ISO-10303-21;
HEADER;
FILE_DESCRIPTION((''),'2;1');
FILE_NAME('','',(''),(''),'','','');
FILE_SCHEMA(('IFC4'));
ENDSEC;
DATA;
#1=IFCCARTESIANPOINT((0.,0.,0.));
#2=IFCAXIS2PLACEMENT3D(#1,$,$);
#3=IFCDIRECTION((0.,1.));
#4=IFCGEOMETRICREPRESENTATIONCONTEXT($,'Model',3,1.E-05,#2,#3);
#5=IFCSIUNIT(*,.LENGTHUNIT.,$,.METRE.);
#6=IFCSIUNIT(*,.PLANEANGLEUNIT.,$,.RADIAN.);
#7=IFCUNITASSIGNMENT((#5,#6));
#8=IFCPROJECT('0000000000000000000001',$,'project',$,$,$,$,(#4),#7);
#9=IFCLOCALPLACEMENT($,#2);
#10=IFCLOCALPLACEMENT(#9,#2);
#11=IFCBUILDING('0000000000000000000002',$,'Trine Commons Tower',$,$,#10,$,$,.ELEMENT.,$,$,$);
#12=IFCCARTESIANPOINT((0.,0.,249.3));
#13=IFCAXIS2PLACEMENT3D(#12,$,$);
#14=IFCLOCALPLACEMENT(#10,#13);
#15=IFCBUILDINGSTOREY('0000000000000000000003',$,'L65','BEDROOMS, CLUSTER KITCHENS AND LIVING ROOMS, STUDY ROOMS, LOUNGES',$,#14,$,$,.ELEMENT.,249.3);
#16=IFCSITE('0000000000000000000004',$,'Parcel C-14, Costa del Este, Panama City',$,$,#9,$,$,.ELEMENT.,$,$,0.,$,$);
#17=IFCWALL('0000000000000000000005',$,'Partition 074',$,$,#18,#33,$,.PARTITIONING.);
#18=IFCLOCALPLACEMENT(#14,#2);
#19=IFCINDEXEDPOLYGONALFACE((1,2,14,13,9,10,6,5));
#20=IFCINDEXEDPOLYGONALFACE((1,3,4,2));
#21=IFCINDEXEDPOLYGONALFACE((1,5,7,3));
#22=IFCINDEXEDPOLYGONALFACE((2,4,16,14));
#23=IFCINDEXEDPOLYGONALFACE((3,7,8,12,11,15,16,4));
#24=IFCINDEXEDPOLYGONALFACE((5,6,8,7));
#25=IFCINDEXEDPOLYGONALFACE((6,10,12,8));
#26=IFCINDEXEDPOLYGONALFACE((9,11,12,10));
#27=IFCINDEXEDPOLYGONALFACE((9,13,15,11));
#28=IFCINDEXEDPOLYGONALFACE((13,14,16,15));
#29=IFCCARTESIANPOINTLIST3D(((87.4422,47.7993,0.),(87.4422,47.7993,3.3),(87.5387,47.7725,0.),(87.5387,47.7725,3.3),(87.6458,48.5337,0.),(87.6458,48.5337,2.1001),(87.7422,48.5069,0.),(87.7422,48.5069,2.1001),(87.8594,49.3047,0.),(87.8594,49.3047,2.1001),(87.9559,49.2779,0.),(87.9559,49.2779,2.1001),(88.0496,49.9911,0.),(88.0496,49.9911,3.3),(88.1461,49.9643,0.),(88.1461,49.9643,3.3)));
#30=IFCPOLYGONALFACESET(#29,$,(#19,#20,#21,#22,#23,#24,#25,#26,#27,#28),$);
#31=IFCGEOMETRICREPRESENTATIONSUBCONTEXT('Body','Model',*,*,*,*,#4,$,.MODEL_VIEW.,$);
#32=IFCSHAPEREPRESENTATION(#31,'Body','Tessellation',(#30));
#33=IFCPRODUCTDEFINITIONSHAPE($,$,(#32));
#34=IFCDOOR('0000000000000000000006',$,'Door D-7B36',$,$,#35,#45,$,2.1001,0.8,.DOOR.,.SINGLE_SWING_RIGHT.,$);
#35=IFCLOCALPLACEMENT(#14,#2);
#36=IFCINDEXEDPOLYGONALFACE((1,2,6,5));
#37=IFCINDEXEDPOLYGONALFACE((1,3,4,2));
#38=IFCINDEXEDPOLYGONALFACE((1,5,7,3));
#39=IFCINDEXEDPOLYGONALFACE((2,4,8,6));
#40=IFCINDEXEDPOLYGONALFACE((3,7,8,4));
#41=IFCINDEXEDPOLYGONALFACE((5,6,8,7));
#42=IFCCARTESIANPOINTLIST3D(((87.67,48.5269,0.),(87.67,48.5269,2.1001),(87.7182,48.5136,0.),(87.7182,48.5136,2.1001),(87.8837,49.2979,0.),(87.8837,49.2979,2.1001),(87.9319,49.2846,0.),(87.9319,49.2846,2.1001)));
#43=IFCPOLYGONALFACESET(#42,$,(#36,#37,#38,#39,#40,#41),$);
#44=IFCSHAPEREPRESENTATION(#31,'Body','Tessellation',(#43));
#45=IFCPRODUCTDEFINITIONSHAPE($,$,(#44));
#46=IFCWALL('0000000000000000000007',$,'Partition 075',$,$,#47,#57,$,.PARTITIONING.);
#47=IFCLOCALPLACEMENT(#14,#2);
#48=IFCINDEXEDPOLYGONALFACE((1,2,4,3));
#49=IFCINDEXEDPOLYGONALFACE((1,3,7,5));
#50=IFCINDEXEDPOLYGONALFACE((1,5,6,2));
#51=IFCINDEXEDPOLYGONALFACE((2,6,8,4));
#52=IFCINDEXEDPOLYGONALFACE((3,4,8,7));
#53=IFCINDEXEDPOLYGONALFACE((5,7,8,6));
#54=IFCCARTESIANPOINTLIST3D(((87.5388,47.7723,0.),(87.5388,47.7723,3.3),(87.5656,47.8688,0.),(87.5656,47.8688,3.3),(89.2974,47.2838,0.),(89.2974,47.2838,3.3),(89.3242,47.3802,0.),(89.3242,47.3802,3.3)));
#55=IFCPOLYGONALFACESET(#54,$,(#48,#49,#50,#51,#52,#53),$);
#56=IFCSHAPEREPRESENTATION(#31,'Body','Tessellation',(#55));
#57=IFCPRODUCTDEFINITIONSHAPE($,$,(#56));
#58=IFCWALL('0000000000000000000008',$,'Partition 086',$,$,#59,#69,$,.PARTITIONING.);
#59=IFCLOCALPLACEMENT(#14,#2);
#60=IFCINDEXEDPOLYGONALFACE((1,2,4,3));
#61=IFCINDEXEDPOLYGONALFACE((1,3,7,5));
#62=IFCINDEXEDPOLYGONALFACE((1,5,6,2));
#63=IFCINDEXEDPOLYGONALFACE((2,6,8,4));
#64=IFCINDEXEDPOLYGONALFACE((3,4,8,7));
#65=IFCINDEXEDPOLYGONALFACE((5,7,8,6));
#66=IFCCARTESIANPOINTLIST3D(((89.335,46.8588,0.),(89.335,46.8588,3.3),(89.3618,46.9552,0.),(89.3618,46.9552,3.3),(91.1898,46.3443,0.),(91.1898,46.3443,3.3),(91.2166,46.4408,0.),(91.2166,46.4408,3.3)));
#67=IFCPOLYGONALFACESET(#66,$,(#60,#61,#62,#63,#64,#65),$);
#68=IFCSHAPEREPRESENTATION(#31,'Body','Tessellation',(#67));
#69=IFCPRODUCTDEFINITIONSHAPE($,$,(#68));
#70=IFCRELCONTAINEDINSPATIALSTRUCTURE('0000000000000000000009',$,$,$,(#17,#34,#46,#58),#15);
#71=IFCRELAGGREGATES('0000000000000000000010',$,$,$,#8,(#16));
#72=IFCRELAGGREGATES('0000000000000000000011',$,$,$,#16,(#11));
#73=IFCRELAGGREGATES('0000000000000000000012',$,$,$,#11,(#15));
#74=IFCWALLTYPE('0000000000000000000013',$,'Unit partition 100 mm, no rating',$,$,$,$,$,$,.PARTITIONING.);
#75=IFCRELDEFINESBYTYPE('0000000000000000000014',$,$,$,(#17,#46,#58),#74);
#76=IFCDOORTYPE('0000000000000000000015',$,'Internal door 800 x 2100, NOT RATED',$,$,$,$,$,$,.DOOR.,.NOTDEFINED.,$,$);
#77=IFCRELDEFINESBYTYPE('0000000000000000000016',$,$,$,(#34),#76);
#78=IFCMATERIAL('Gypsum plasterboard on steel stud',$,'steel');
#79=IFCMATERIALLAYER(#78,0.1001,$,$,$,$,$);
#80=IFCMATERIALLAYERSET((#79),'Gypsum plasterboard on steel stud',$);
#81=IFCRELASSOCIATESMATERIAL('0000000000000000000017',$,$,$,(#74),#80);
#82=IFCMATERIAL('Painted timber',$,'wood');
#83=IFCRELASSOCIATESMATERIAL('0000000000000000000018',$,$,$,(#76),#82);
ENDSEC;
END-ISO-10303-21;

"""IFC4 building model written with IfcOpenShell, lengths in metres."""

from ifc_helpers import new_model, si_unit, direction, frame, frame_2d, origin, place, context, subcontext, project, spatial, rectangle, extrude, material, layer, layer_set, type_object, element, fill, save


model = new_model("IFC4")

# Units and contexts
model_context = context("Model", 3, precision=1e-05, world=origin(), true_north=direction((0.0, 1.0)))
body_context = subcontext(model_context, "Body", "Model", "MODEL_VIEW")
ifc_project = project(units=[si_unit("LENGTHUNIT", "METRE"), si_unit("PLANEANGLEUNIT", "RADIAN")], contexts=[model_context])

# Site, building, storey
site_placement = place(None, origin())
site = spatial("IfcSite", under=ifc_project, at=site_placement, Name="Parcel C-14, Costa del Este, Panama City", CompositionType="ELEMENT", RefElevation=0.0)
building_placement = place(site_placement, origin())
building = spatial("IfcBuilding", under=site, at=building_placement, Name="Trine Commons Tower", CompositionType="ELEMENT")
storey_placement = place(building_placement, frame((0.0, 0.0, 249.3)))
storey = spatial("IfcBuildingStorey", under=building, at=storey_placement, Name="L65", Description="BEDROOMS, CLUSTER KITCHENS AND LIVING ROOMS, STUDY ROOMS, LOUNGES", CompositionType="ELEMENT", Elevation=249.3)

# Shared definitions
ifc_material_1 = material(Name="Gypsum plasterboard on steel stud", Category="steel")
ifc_material_2 = material(Name="Painted timber", Category="wood")

# Shared definitions
ifc_layer_1 = layer(ifc_material_1, 0.1001)
ifc_layer_set_1 = layer_set([ifc_layer_1], Name="Gypsum plasterboard on steel stud")
wall_type_1 = type_object("IfcWallType", Name="Unit partition 100 mm, no rating", PredefinedType="PARTITIONING", material=ifc_layer_set_1)

# Wall, opening, door
door_type_1 = type_object("IfcDoorType", Name="Internal door 800 x 2100, NOT RATED", OperationType="NOTDEFINED", PredefinedType="DOOR", material=ifc_material_2)
wall_1_placement = place(storey_placement, frame((87.4905, 47.7859, 0.0), z_axis=(0.0, 0.0, 1.0), x_axis=(0.267057, 0.963681, 0.0)))
wall_1 = element("IfcWall", 1, at=wall_1_placement, inside=storey, type_object=wall_type_1, Name="Partition 074", PredefinedType="PARTITIONING", context=body_context, shape_type="SweptSolid", body=[
    extrude(rectangle(XDim=2.2744, YDim=0.1001, at=frame_2d((1.1372, 0.0))), origin(), (0.0, 0.0, 1.0), 3.3),
])
opening_1_placement = place(wall_1_placement, frame((0.7622, 0.0, 0.0)))
opening_1 = element("IfcOpeningElement", 2, at=opening_1_placement, cuts=wall_1, PredefinedType="OPENING", context=body_context, shape_type="SweptSolid", body=[
    extrude(rectangle(XDim=0.8, YDim=2.1001, at=frame_2d((0.3999, 1.05))), frame((0.0, 0.0601, 0.0), z_axis=(0.0, -1.0, 0.0), x_axis=(1.0, 0.0, 0.0)), (0.0, 0.0, 1.0), 0.1201),
])
door_1_placement = place(opening_1_placement, origin())
door_1 = element("IfcDoor", 3, at=door_1_placement, inside=storey, type_object=door_type_1, Name="Door D-7B36", OperationType="SINGLE_SWING_RIGHT", OverallHeight=2.1001, OverallWidth=0.8, PredefinedType="DOOR", context=body_context, shape_type="SweptSolid", body=[
    extrude(rectangle(XDim=0.8, YDim=2.1001, at=frame_2d((0.3999, 1.05))), frame((0.0, 0.0249, 0.0), z_axis=(0.0, -1.0, 0.0), x_axis=(1.0, 0.0, 0.0)), (0.0, 0.0, 1.0), 0.05),
])
fill(opening_1, door_1)

# Walls
wall_2_placement = place(storey_placement, frame((87.5522, 47.8206, 0.0), z_axis=(0.0, 0.0, 1.0), x_axis=(0.963512, -0.267665, 0.0)))
element("IfcWall", 4, at=wall_2_placement, inside=storey, type_object=wall_type_1, Name="Partition 075", PredefinedType="PARTITIONING", context=body_context, shape_type="SweptSolid", body=[
    extrude(rectangle(XDim=1.8252, YDim=0.1001, at=frame_2d((0.9126, 0.0))), origin(), (0.0, 0.0, 1.0), 3.3),
])
wall_3_placement = place(storey_placement, frame((89.3484, 46.907, 0.0), z_axis=(0.0, 0.0, 1.0), x_axis=(0.963625, -0.267258, 0.0)))
element("IfcWall", 5, at=wall_3_placement, inside=storey, type_object=wall_type_1, Name="Partition 086", PredefinedType="PARTITIONING", context=body_context, shape_type="SweptSolid", body=[
    extrude(rectangle(XDim=1.9248, YDim=0.1001, at=frame_2d((0.9624, 0.0))), origin(), (0.0, 0.0, 1.0), 3.3),
])

save(model, "model.ifc")
